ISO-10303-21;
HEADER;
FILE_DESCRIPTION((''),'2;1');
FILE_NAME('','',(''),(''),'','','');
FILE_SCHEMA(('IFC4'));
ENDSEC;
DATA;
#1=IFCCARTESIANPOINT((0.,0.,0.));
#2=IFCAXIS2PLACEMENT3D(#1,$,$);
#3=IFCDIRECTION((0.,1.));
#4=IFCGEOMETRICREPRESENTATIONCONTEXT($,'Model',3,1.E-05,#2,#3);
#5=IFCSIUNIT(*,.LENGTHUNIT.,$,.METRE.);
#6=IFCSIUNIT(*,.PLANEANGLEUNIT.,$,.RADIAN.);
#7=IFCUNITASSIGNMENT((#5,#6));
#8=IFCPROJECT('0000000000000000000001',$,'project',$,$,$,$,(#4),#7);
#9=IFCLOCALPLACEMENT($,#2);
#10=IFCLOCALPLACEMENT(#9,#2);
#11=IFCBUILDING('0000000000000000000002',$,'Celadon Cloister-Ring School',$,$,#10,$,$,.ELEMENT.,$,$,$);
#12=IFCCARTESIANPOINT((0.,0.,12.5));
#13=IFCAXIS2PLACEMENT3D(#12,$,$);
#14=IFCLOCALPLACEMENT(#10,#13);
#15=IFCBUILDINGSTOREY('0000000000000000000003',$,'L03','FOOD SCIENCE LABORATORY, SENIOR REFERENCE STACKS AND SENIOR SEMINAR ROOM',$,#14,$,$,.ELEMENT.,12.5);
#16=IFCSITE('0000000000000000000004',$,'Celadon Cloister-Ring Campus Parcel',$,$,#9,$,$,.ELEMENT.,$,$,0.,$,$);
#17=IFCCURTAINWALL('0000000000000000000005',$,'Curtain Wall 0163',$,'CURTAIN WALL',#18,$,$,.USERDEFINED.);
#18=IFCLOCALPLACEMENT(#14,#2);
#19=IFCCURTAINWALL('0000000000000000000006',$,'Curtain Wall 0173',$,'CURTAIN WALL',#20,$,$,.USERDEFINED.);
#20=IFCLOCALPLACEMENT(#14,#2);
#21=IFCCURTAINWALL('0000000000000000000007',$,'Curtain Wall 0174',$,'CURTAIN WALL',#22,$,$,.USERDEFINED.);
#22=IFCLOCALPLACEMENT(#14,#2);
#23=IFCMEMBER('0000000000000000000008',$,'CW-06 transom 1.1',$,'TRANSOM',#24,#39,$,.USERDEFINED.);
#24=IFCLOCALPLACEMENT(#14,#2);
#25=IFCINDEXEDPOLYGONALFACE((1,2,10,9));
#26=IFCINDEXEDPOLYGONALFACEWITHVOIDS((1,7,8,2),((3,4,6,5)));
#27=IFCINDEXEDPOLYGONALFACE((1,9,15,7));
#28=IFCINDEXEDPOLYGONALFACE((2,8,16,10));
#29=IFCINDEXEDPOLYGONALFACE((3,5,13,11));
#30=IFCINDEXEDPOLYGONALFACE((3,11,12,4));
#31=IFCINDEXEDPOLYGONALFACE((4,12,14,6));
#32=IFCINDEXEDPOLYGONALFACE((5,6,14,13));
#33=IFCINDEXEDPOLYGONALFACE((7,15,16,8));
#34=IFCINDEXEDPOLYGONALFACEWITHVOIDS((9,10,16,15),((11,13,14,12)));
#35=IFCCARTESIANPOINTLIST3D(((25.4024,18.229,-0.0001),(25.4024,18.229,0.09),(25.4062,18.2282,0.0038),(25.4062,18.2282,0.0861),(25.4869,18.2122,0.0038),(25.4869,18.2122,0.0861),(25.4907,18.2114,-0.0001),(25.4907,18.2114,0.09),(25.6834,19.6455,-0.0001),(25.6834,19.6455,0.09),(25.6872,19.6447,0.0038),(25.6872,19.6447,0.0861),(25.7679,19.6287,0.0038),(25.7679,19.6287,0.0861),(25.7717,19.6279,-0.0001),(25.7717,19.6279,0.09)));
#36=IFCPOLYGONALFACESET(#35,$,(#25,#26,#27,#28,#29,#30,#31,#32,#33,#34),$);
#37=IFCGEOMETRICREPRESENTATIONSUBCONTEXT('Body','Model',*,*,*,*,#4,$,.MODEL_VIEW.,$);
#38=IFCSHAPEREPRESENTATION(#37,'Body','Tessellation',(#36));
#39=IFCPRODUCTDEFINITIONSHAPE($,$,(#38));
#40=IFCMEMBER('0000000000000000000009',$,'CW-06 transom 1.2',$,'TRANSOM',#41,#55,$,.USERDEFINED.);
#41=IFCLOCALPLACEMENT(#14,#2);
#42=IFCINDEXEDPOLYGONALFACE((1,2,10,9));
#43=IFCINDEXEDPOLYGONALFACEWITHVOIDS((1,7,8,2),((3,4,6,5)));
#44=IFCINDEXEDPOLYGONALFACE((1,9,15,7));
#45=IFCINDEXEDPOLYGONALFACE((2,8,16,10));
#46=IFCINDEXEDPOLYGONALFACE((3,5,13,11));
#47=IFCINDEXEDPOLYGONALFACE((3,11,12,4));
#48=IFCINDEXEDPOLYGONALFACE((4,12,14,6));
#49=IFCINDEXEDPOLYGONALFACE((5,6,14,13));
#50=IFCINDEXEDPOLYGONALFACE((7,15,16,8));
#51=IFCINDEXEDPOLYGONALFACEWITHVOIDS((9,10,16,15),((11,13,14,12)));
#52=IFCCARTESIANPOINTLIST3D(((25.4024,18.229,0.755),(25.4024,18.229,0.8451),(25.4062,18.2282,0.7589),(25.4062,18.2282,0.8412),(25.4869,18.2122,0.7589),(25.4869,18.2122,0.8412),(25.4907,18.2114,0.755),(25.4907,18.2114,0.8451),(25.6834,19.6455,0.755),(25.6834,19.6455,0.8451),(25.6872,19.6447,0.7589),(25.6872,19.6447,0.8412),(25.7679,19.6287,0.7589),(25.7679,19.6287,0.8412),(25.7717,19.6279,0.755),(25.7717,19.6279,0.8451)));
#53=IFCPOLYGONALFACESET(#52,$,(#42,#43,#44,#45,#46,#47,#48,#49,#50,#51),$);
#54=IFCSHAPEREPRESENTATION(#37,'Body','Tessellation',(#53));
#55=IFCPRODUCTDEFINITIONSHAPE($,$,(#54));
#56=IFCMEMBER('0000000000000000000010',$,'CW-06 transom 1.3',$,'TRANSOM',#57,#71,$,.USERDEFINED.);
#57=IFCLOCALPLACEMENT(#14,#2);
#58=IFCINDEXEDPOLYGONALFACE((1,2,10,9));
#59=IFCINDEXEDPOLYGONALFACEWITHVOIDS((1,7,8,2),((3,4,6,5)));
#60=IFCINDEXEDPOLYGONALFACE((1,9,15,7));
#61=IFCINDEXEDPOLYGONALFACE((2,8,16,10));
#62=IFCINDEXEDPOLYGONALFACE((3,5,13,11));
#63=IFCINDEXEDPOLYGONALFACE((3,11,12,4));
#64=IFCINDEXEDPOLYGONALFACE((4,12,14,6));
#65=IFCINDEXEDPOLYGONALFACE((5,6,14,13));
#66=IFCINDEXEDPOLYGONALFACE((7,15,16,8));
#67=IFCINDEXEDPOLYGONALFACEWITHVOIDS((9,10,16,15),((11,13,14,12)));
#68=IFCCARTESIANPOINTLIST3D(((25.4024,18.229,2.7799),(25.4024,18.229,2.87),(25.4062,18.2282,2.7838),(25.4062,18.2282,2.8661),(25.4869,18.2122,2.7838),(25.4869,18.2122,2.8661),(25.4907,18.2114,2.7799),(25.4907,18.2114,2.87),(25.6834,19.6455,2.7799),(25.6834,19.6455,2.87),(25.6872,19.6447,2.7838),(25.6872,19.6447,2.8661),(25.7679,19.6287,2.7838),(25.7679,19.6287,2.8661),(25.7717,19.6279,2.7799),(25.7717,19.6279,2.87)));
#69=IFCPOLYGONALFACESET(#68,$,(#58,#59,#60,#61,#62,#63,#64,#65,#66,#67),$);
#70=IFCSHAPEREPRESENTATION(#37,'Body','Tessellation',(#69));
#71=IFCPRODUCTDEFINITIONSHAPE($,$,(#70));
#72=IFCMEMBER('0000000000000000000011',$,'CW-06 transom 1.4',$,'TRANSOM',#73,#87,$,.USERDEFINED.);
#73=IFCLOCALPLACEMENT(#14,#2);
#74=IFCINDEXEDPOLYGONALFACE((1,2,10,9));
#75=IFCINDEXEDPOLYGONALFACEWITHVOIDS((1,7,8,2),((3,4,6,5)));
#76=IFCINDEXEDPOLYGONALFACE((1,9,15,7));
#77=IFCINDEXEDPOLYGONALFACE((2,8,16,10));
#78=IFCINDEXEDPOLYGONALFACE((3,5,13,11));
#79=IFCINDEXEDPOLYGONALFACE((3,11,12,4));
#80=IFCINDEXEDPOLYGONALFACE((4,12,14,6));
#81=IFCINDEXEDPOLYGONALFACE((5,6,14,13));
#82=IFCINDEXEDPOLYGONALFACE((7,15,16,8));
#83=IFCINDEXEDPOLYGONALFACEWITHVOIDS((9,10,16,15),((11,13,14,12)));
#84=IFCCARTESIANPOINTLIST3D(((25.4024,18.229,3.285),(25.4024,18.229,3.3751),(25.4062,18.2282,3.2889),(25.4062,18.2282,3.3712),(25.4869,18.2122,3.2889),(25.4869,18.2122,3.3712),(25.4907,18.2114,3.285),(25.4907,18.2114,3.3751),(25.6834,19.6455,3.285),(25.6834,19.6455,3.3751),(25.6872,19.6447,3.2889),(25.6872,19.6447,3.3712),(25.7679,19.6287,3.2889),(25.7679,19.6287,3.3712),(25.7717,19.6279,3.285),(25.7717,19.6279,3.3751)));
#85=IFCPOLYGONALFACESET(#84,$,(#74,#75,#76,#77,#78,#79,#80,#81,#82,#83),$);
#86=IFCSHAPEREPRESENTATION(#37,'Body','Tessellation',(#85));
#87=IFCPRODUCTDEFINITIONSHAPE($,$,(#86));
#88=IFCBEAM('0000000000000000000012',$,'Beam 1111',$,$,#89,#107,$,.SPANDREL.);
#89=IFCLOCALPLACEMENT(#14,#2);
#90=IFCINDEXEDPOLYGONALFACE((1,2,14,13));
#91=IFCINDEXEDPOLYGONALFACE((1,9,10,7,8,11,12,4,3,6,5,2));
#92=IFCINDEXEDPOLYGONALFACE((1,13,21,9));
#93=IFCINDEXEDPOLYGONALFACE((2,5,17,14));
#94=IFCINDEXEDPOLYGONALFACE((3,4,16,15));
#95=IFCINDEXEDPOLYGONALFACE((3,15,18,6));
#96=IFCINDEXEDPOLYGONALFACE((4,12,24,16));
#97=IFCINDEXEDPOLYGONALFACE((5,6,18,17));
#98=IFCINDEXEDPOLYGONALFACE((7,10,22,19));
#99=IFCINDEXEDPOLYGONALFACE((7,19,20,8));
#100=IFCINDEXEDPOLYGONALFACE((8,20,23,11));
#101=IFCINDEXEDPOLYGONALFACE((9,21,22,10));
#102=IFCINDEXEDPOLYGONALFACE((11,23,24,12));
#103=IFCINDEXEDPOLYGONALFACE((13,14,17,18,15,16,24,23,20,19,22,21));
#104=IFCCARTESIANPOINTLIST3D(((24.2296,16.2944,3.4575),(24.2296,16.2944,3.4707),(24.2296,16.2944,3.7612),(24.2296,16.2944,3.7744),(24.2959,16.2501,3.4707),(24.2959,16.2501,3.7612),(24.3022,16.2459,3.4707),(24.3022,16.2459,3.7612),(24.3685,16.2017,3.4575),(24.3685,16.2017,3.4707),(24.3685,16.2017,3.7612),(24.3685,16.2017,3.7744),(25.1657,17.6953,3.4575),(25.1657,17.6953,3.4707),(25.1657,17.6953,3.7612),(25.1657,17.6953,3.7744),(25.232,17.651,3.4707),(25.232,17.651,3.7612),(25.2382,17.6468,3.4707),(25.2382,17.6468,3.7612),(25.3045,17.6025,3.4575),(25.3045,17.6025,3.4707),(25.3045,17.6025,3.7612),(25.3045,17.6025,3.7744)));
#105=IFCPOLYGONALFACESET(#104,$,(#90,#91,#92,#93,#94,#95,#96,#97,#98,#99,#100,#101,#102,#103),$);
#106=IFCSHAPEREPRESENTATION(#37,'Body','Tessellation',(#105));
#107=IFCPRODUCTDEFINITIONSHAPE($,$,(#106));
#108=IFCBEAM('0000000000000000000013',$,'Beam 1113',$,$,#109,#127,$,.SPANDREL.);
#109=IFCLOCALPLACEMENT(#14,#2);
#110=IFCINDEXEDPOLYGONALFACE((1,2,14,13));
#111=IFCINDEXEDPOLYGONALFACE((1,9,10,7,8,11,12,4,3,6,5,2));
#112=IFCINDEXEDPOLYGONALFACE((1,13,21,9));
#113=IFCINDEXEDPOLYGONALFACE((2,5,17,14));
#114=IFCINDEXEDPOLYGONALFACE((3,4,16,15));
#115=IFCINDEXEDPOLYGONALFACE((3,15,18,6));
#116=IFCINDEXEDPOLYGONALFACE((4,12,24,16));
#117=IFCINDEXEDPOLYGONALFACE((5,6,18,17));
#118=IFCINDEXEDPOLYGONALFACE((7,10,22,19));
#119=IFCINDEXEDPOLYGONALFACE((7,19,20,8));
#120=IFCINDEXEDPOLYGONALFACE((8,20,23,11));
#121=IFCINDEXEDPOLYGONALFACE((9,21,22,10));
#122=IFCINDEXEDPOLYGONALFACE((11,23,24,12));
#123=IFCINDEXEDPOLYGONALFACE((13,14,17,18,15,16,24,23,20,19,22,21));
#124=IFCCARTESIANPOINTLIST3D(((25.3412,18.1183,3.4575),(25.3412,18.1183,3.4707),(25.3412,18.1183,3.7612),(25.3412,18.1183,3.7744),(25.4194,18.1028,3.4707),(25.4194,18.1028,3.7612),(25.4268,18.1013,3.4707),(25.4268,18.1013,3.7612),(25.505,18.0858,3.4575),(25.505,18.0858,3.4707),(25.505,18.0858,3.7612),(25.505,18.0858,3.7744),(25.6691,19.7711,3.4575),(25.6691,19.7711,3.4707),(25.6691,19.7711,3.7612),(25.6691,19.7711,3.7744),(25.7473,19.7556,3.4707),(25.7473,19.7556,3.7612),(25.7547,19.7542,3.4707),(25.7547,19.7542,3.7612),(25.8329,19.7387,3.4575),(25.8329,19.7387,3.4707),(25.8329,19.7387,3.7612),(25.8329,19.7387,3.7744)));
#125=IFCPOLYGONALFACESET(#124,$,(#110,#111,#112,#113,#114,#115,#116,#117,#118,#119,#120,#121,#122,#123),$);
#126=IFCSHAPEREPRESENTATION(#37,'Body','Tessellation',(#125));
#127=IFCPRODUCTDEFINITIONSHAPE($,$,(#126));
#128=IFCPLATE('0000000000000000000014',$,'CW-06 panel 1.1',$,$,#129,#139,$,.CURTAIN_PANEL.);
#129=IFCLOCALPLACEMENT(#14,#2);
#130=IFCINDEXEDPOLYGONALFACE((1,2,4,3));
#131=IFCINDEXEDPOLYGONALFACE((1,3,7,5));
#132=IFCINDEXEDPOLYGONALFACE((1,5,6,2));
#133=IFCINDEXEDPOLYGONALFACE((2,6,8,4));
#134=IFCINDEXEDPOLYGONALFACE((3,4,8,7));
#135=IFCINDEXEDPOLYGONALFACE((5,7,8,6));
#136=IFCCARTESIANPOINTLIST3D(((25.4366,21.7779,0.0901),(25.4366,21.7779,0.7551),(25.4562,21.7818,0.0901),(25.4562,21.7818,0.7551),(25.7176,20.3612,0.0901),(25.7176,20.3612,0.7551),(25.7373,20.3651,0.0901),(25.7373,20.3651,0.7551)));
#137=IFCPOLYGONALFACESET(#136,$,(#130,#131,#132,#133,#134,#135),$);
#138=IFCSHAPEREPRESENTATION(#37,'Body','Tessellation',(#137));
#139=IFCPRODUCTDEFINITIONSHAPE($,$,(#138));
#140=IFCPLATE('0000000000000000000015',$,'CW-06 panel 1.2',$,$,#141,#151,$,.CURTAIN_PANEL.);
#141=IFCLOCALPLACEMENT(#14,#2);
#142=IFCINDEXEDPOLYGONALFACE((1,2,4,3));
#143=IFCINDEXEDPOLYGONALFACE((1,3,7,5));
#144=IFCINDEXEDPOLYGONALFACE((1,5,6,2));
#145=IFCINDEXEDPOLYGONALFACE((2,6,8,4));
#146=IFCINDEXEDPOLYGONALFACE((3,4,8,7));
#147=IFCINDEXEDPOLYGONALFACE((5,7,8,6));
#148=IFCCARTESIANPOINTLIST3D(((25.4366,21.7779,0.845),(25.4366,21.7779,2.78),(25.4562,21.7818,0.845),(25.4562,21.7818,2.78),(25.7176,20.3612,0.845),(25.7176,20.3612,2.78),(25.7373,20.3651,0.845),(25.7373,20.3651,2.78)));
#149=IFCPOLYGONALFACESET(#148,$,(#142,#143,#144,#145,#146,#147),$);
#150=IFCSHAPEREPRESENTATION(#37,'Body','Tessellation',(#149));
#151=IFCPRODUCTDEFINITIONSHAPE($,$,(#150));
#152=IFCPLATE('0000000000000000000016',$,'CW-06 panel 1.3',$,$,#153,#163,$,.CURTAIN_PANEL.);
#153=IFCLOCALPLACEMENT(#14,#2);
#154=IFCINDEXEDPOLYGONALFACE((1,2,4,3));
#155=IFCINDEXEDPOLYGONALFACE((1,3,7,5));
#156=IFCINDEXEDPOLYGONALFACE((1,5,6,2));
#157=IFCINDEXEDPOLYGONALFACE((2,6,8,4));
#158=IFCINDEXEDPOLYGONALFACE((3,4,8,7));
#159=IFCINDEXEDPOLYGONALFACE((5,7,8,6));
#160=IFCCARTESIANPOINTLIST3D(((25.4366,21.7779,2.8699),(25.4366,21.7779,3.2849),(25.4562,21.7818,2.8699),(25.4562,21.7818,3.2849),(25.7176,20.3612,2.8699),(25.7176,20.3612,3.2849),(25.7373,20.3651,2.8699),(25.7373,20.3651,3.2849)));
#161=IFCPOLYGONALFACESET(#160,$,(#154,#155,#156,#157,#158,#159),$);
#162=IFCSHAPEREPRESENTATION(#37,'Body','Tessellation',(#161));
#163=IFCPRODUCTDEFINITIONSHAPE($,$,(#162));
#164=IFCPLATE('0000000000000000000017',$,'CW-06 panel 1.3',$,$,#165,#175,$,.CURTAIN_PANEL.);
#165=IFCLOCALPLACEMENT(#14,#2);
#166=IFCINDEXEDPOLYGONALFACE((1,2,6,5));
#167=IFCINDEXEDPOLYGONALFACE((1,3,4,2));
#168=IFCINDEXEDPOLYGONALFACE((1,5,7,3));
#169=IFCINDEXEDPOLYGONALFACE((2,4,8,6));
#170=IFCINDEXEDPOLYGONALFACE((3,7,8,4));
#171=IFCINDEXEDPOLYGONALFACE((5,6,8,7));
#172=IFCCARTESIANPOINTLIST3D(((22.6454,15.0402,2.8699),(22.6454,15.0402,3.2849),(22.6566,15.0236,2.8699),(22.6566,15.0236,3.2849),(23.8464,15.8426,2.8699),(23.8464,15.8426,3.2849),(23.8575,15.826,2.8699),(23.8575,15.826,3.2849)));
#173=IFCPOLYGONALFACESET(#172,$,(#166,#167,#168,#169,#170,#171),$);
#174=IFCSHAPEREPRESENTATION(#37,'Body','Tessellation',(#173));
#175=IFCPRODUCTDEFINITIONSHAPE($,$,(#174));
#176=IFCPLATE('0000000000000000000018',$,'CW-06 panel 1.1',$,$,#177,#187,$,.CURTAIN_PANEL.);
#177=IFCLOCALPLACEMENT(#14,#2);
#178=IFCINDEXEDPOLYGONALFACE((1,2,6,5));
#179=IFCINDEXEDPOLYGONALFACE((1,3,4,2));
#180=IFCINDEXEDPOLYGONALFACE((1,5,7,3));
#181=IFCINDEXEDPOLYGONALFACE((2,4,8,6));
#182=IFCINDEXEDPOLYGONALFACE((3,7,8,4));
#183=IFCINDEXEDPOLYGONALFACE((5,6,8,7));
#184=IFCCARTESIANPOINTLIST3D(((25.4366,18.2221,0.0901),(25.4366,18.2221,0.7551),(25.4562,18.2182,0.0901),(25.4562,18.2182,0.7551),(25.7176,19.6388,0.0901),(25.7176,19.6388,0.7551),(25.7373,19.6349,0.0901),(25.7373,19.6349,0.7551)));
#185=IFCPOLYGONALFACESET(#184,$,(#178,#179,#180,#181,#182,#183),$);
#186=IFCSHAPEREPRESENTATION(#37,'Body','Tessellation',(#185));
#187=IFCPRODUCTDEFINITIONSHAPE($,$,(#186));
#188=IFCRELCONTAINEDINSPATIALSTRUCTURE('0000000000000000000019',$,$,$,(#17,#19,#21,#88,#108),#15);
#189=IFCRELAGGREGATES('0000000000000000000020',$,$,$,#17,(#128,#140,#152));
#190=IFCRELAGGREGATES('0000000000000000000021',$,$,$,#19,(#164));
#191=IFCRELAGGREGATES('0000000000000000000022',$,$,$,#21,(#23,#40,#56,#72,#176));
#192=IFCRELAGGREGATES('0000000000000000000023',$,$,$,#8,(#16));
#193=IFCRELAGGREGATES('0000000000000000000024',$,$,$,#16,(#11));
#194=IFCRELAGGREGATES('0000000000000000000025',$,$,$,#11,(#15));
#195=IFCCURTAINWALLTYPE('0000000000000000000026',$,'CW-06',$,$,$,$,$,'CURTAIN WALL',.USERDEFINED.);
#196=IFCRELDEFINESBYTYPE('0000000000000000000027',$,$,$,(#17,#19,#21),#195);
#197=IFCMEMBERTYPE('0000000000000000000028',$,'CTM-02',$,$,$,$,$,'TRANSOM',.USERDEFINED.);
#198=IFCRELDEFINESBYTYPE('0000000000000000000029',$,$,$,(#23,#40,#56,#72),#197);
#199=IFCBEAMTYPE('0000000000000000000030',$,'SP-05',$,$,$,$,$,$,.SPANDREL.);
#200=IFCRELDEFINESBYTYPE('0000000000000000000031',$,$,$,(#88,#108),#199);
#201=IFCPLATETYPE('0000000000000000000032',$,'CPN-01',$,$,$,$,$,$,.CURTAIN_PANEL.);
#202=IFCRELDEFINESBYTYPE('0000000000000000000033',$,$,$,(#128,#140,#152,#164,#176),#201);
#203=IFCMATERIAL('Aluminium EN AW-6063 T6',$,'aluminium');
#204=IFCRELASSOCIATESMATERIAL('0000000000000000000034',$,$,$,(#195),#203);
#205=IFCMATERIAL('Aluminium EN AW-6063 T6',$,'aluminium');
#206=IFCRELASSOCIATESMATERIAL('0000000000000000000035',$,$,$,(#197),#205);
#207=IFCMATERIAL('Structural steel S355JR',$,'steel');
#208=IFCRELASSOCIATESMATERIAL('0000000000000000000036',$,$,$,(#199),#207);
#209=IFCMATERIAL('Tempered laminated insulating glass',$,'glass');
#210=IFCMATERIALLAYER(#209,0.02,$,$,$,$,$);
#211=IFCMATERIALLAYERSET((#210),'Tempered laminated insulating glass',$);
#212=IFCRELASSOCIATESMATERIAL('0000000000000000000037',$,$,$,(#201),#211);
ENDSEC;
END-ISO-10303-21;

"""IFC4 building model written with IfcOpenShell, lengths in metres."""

from ifc_helpers import new_model, si_unit, direction, frame, origin, origin_2d, place, context, subcontext, project, spatial, rectangle, hollow_rectangle, i_section, extrude, material, layer, layer_set, material_profile, profile_set, type_object, element, aggregate, save


model = new_model("IFC4")

# Units and contexts
model_context = context("Model", 3, precision=1e-05, world=origin(), true_north=direction((0.0, 1.0)))
body_context = subcontext(model_context, "Body", "Model", "MODEL_VIEW")
ifc_project = project(units=[si_unit("LENGTHUNIT", "METRE"), si_unit("PLANEANGLEUNIT", "RADIAN")], contexts=[model_context])

# Site, building, storey
site_placement = place(None, origin())
site = spatial("IfcSite", under=ifc_project, at=site_placement, Name="Celadon Cloister-Ring Campus Parcel", CompositionType="ELEMENT", RefElevation=0.0)
building_placement = place(site_placement, origin())
building = spatial("IfcBuilding", under=site, at=building_placement, Name="Celadon Cloister-Ring School", CompositionType="ELEMENT")
storey_placement = place(building_placement, frame((0.0, 0.0, 12.5)))
storey = spatial("IfcBuildingStorey", under=building, at=storey_placement, Name="L03", Description="FOOD SCIENCE LABORATORY, SENIOR REFERENCE STACKS AND SENIOR SEMINAR ROOM", CompositionType="ELEMENT", Elevation=12.5)

# Curtain walls
ifc_material_1 = material(Name="Aluminium EN AW-6063 T6", Category="aluminium")
curtain_wall_type = type_object("IfcCurtainWallType", Name="CW-06", ElementType="CURTAIN WALL", PredefinedType="USERDEFINED", material=ifc_material_1)
curtain_wall_1_placement = place(storey_placement, origin())
curtain_wall_1 = element("IfcCurtainWall", 1, at=curtain_wall_1_placement, inside=storey, type_object=curtain_wall_type, Name="Curtain Wall 0163", ObjectType="CURTAIN WALL", PredefinedType="USERDEFINED")
curtain_wall_2_placement = place(storey_placement, origin())
curtain_wall_2 = element("IfcCurtainWall", 2, at=curtain_wall_2_placement, inside=storey, type_object=curtain_wall_type, Name="Curtain Wall 0173", ObjectType="CURTAIN WALL", PredefinedType="USERDEFINED")
curtain_wall_3_placement = place(storey_placement, origin())
curtain_wall_3 = element("IfcCurtainWall", 3, at=curtain_wall_3_placement, inside=storey, type_object=curtain_wall_type, Name="Curtain Wall 0174", ObjectType="CURTAIN WALL", PredefinedType="USERDEFINED")

# Members
ifc_material_2 = material(Name="Aluminium EN AW-6063 T6", Category="aluminium")
ifc_material_profile_1 = material_profile(ifc_material_2, hollow_rectangle(XDim=0.0901, YDim=0.0901, WallThickness=0.0039, at=origin_2d()), Name="RHS90X90X4")
ifc_profile_set_1 = profile_set([ifc_material_profile_1], Name="Aluminium EN AW-6063 T6")
member_type_1 = type_object("IfcMemberType", Name="CTM-02", ElementType="TRANSOM", PredefinedType="USERDEFINED", material=ifc_profile_set_1)
member_1_placement = place(storey_placement, frame((25.4465, 18.2202, 0.0449), z_axis=(0.194588, 0.980885, 0.0), x_axis=(-0.980885, 0.194588, 0.0)))
member_1 = element("IfcMember", 4, at=member_1_placement, type_object=member_type_1, Name="CW-06 transom 1.1", ObjectType="TRANSOM", PredefinedType="USERDEFINED", context=body_context, shape_type="SweptSolid", body=[
    extrude(hollow_rectangle(XDim=0.0901, YDim=0.0901, WallThickness=0.0039, at=origin_2d()), origin(), (0.0, 0.0, 1.0), 1.4441),
])
member_2_placement = place(storey_placement, frame((25.4465, 18.2202, 0.8), z_axis=(0.194588, 0.980885, 0.0), x_axis=(-0.980885, 0.194588, 0.0)))
member_2 = element("IfcMember", 5, at=member_2_placement, type_object=member_type_1, Name="CW-06 transom 1.2", ObjectType="TRANSOM", PredefinedType="USERDEFINED", context=body_context, shape_type="SweptSolid", body=[
    extrude(hollow_rectangle(XDim=0.0901, YDim=0.0901, WallThickness=0.0039, at=origin_2d()), origin(), (0.0, 0.0, 1.0), 1.4441),
])
member_3_placement = place(storey_placement, frame((25.4465, 18.2202, 2.825), z_axis=(0.194588, 0.980885, 0.0), x_axis=(-0.980885, 0.194588, 0.0)))
member_3 = element("IfcMember", 6, at=member_3_placement, type_object=member_type_1, Name="CW-06 transom 1.3", ObjectType="TRANSOM", PredefinedType="USERDEFINED", context=body_context, shape_type="SweptSolid", body=[
    extrude(hollow_rectangle(XDim=0.0901, YDim=0.0901, WallThickness=0.0039, at=origin_2d()), origin(), (0.0, 0.0, 1.0), 1.4441),
])
member_4_placement = place(storey_placement, frame((25.4465, 18.2202, 3.3301), z_axis=(0.194588, 0.980885, 0.0), x_axis=(-0.980885, 0.194588, 0.0)))
member_4 = element("IfcMember", 7, at=member_4_placement, type_object=member_type_1, Name="CW-06 transom 1.4", ObjectType="TRANSOM", PredefinedType="USERDEFINED", context=body_context, shape_type="SweptSolid", body=[
    extrude(hollow_rectangle(XDim=0.0901, YDim=0.0901, WallThickness=0.0039, at=origin_2d()), origin(), (0.0, 0.0, 1.0), 1.4441),
])

# Beams
ifc_material_3 = material(Name="Structural steel S355JR", Category="steel")
ifc_material_profile_2 = material_profile(ifc_material_3, i_section(OverallWidth=0.167, OverallDepth=0.3169, WebThickness=0.0076, FlangeThickness=0.0132, at=origin_2d()), Name="W310X52")
ifc_profile_set_2 = profile_set([ifc_material_profile_2], Name="Structural steel S355JR")
beam_type = type_object("IfcBeamType", Name="SP-05", PredefinedType="SPANDREL", material=ifc_profile_set_2)
beam_1_placement = place(storey_placement, frame((24.2991, 16.248, 3.616), z_axis=(0.555569, 0.83147, 0.0), x_axis=(-0.83147, 0.555569, 0.0)))
element("IfcBeam", 8, at=beam_1_placement, inside=storey, type_object=beam_type, Name="Beam 1111", PredefinedType="SPANDREL", context=body_context, shape_type="SweptSolid", body=[
    extrude(i_section(OverallWidth=0.167, OverallDepth=0.3169, WebThickness=0.0076, FlangeThickness=0.0132, at=origin_2d()), origin(), (0.0, 0.0, 1.0), 1.6848),
])
beam_2_placement = place(storey_placement, frame((25.4231, 18.1021, 3.616), z_axis=(0.194583, 0.980886, 0.0), x_axis=(-0.980886, 0.194583, 0.0)))
element("IfcBeam", 9, at=beam_2_placement, inside=storey, type_object=beam_type, Name="Beam 1113", PredefinedType="SPANDREL", context=body_context, shape_type="SweptSolid", body=[
    extrude(i_section(OverallWidth=0.167, OverallDepth=0.3169, WebThickness=0.0076, FlangeThickness=0.0132, at=origin_2d()), origin(), (0.0, 0.0, 1.0), 1.6851),
])

# Plates
ifc_material_4 = material(Name="Tempered laminated insulating glass", Category="glass")
ifc_layer_1 = layer(ifc_material_4, 0.02)
ifc_layer_set_1 = layer_set([ifc_layer_1], Name="Tempered laminated insulating glass")
plate_type = type_object("IfcPlateType", Name="CPN-01", PredefinedType="CURTAIN_PANEL", material=ifc_layer_set_1)
plate_1_placement = place(storey_placement, frame((25.5869, 21.0715, 0.0901), z_axis=(0.0, 0.0, 1.0), x_axis=(-0.194586, 0.980885, 0.0)))
plate_1 = element("IfcPlate", 10, at=plate_1_placement, type_object=plate_type, Name="CW-06 panel 1.1", PredefinedType="CURTAIN_PANEL", context=body_context, shape_type="SweptSolid", body=[
    extrude(rectangle(XDim=1.4443, YDim=0.02, at=origin_2d()), origin(), (0.0, 0.0, 1.0), 0.665),
])
plate_2_placement = place(storey_placement, frame((25.5869, 21.0715, 0.845), z_axis=(0.0, 0.0, 1.0), x_axis=(-0.194586, 0.980885, 0.0)))
plate_2 = element("IfcPlate", 11, at=plate_2_placement, type_object=plate_type, Name="CW-06 panel 1.2", PredefinedType="CURTAIN_PANEL", context=body_context, shape_type="SweptSolid", body=[
    extrude(rectangle(XDim=1.4443, YDim=0.02, at=origin_2d()), origin(), (0.0, 0.0, 1.0), 1.9351),
])
plate_3_placement = place(storey_placement, frame((25.5869, 21.0715, 2.8699), z_axis=(0.0, 0.0, 1.0), x_axis=(-0.194586, 0.980885, 0.0)))
plate_3 = element("IfcPlate", 12, at=plate_3_placement, type_object=plate_type, Name="CW-06 panel 1.3", PredefinedType="CURTAIN_PANEL", context=body_context, shape_type="SweptSolid", body=[
    extrude(rectangle(XDim=1.4443, YDim=0.02, at=origin_2d()), origin(), (0.0, 0.0, 1.0), 0.415),
])
aggregate(curtain_wall_1, [plate_1, plate_2, plate_3])
plate_4_placement = place(storey_placement, frame((23.2515, 15.4331, 2.8699), z_axis=(0.0, 0.0, 1.0), x_axis=(0.831485, 0.555547, 0.0)))
plate_4 = element("IfcPlate", 13, at=plate_4_placement, type_object=plate_type, Name="CW-06 panel 1.3", PredefinedType="CURTAIN_PANEL", context=body_context, shape_type="SweptSolid", body=[
    extrude(rectangle(XDim=1.4443, YDim=0.02, at=origin_2d()), origin(), (0.0, 0.0, 1.0), 0.415),
])
aggregate(curtain_wall_2, [plate_4])
plate_5_placement = place(storey_placement, frame((25.5869, 18.9285, 0.0901), z_axis=(0.0, 0.0, 1.0), x_axis=(0.194586, 0.980885, 0.0)))
plate_5 = element("IfcPlate", 14, at=plate_5_placement, type_object=plate_type, Name="CW-06 panel 1.1", PredefinedType="CURTAIN_PANEL", context=body_context, shape_type="SweptSolid", body=[
    extrude(rectangle(XDim=1.4443, YDim=0.02, at=origin_2d()), origin(), (0.0, 0.0, 1.0), 0.665),
])
aggregate(curtain_wall_3, [member_1, member_2, member_3, member_4, plate_5])

save(model, "model.ifc")
